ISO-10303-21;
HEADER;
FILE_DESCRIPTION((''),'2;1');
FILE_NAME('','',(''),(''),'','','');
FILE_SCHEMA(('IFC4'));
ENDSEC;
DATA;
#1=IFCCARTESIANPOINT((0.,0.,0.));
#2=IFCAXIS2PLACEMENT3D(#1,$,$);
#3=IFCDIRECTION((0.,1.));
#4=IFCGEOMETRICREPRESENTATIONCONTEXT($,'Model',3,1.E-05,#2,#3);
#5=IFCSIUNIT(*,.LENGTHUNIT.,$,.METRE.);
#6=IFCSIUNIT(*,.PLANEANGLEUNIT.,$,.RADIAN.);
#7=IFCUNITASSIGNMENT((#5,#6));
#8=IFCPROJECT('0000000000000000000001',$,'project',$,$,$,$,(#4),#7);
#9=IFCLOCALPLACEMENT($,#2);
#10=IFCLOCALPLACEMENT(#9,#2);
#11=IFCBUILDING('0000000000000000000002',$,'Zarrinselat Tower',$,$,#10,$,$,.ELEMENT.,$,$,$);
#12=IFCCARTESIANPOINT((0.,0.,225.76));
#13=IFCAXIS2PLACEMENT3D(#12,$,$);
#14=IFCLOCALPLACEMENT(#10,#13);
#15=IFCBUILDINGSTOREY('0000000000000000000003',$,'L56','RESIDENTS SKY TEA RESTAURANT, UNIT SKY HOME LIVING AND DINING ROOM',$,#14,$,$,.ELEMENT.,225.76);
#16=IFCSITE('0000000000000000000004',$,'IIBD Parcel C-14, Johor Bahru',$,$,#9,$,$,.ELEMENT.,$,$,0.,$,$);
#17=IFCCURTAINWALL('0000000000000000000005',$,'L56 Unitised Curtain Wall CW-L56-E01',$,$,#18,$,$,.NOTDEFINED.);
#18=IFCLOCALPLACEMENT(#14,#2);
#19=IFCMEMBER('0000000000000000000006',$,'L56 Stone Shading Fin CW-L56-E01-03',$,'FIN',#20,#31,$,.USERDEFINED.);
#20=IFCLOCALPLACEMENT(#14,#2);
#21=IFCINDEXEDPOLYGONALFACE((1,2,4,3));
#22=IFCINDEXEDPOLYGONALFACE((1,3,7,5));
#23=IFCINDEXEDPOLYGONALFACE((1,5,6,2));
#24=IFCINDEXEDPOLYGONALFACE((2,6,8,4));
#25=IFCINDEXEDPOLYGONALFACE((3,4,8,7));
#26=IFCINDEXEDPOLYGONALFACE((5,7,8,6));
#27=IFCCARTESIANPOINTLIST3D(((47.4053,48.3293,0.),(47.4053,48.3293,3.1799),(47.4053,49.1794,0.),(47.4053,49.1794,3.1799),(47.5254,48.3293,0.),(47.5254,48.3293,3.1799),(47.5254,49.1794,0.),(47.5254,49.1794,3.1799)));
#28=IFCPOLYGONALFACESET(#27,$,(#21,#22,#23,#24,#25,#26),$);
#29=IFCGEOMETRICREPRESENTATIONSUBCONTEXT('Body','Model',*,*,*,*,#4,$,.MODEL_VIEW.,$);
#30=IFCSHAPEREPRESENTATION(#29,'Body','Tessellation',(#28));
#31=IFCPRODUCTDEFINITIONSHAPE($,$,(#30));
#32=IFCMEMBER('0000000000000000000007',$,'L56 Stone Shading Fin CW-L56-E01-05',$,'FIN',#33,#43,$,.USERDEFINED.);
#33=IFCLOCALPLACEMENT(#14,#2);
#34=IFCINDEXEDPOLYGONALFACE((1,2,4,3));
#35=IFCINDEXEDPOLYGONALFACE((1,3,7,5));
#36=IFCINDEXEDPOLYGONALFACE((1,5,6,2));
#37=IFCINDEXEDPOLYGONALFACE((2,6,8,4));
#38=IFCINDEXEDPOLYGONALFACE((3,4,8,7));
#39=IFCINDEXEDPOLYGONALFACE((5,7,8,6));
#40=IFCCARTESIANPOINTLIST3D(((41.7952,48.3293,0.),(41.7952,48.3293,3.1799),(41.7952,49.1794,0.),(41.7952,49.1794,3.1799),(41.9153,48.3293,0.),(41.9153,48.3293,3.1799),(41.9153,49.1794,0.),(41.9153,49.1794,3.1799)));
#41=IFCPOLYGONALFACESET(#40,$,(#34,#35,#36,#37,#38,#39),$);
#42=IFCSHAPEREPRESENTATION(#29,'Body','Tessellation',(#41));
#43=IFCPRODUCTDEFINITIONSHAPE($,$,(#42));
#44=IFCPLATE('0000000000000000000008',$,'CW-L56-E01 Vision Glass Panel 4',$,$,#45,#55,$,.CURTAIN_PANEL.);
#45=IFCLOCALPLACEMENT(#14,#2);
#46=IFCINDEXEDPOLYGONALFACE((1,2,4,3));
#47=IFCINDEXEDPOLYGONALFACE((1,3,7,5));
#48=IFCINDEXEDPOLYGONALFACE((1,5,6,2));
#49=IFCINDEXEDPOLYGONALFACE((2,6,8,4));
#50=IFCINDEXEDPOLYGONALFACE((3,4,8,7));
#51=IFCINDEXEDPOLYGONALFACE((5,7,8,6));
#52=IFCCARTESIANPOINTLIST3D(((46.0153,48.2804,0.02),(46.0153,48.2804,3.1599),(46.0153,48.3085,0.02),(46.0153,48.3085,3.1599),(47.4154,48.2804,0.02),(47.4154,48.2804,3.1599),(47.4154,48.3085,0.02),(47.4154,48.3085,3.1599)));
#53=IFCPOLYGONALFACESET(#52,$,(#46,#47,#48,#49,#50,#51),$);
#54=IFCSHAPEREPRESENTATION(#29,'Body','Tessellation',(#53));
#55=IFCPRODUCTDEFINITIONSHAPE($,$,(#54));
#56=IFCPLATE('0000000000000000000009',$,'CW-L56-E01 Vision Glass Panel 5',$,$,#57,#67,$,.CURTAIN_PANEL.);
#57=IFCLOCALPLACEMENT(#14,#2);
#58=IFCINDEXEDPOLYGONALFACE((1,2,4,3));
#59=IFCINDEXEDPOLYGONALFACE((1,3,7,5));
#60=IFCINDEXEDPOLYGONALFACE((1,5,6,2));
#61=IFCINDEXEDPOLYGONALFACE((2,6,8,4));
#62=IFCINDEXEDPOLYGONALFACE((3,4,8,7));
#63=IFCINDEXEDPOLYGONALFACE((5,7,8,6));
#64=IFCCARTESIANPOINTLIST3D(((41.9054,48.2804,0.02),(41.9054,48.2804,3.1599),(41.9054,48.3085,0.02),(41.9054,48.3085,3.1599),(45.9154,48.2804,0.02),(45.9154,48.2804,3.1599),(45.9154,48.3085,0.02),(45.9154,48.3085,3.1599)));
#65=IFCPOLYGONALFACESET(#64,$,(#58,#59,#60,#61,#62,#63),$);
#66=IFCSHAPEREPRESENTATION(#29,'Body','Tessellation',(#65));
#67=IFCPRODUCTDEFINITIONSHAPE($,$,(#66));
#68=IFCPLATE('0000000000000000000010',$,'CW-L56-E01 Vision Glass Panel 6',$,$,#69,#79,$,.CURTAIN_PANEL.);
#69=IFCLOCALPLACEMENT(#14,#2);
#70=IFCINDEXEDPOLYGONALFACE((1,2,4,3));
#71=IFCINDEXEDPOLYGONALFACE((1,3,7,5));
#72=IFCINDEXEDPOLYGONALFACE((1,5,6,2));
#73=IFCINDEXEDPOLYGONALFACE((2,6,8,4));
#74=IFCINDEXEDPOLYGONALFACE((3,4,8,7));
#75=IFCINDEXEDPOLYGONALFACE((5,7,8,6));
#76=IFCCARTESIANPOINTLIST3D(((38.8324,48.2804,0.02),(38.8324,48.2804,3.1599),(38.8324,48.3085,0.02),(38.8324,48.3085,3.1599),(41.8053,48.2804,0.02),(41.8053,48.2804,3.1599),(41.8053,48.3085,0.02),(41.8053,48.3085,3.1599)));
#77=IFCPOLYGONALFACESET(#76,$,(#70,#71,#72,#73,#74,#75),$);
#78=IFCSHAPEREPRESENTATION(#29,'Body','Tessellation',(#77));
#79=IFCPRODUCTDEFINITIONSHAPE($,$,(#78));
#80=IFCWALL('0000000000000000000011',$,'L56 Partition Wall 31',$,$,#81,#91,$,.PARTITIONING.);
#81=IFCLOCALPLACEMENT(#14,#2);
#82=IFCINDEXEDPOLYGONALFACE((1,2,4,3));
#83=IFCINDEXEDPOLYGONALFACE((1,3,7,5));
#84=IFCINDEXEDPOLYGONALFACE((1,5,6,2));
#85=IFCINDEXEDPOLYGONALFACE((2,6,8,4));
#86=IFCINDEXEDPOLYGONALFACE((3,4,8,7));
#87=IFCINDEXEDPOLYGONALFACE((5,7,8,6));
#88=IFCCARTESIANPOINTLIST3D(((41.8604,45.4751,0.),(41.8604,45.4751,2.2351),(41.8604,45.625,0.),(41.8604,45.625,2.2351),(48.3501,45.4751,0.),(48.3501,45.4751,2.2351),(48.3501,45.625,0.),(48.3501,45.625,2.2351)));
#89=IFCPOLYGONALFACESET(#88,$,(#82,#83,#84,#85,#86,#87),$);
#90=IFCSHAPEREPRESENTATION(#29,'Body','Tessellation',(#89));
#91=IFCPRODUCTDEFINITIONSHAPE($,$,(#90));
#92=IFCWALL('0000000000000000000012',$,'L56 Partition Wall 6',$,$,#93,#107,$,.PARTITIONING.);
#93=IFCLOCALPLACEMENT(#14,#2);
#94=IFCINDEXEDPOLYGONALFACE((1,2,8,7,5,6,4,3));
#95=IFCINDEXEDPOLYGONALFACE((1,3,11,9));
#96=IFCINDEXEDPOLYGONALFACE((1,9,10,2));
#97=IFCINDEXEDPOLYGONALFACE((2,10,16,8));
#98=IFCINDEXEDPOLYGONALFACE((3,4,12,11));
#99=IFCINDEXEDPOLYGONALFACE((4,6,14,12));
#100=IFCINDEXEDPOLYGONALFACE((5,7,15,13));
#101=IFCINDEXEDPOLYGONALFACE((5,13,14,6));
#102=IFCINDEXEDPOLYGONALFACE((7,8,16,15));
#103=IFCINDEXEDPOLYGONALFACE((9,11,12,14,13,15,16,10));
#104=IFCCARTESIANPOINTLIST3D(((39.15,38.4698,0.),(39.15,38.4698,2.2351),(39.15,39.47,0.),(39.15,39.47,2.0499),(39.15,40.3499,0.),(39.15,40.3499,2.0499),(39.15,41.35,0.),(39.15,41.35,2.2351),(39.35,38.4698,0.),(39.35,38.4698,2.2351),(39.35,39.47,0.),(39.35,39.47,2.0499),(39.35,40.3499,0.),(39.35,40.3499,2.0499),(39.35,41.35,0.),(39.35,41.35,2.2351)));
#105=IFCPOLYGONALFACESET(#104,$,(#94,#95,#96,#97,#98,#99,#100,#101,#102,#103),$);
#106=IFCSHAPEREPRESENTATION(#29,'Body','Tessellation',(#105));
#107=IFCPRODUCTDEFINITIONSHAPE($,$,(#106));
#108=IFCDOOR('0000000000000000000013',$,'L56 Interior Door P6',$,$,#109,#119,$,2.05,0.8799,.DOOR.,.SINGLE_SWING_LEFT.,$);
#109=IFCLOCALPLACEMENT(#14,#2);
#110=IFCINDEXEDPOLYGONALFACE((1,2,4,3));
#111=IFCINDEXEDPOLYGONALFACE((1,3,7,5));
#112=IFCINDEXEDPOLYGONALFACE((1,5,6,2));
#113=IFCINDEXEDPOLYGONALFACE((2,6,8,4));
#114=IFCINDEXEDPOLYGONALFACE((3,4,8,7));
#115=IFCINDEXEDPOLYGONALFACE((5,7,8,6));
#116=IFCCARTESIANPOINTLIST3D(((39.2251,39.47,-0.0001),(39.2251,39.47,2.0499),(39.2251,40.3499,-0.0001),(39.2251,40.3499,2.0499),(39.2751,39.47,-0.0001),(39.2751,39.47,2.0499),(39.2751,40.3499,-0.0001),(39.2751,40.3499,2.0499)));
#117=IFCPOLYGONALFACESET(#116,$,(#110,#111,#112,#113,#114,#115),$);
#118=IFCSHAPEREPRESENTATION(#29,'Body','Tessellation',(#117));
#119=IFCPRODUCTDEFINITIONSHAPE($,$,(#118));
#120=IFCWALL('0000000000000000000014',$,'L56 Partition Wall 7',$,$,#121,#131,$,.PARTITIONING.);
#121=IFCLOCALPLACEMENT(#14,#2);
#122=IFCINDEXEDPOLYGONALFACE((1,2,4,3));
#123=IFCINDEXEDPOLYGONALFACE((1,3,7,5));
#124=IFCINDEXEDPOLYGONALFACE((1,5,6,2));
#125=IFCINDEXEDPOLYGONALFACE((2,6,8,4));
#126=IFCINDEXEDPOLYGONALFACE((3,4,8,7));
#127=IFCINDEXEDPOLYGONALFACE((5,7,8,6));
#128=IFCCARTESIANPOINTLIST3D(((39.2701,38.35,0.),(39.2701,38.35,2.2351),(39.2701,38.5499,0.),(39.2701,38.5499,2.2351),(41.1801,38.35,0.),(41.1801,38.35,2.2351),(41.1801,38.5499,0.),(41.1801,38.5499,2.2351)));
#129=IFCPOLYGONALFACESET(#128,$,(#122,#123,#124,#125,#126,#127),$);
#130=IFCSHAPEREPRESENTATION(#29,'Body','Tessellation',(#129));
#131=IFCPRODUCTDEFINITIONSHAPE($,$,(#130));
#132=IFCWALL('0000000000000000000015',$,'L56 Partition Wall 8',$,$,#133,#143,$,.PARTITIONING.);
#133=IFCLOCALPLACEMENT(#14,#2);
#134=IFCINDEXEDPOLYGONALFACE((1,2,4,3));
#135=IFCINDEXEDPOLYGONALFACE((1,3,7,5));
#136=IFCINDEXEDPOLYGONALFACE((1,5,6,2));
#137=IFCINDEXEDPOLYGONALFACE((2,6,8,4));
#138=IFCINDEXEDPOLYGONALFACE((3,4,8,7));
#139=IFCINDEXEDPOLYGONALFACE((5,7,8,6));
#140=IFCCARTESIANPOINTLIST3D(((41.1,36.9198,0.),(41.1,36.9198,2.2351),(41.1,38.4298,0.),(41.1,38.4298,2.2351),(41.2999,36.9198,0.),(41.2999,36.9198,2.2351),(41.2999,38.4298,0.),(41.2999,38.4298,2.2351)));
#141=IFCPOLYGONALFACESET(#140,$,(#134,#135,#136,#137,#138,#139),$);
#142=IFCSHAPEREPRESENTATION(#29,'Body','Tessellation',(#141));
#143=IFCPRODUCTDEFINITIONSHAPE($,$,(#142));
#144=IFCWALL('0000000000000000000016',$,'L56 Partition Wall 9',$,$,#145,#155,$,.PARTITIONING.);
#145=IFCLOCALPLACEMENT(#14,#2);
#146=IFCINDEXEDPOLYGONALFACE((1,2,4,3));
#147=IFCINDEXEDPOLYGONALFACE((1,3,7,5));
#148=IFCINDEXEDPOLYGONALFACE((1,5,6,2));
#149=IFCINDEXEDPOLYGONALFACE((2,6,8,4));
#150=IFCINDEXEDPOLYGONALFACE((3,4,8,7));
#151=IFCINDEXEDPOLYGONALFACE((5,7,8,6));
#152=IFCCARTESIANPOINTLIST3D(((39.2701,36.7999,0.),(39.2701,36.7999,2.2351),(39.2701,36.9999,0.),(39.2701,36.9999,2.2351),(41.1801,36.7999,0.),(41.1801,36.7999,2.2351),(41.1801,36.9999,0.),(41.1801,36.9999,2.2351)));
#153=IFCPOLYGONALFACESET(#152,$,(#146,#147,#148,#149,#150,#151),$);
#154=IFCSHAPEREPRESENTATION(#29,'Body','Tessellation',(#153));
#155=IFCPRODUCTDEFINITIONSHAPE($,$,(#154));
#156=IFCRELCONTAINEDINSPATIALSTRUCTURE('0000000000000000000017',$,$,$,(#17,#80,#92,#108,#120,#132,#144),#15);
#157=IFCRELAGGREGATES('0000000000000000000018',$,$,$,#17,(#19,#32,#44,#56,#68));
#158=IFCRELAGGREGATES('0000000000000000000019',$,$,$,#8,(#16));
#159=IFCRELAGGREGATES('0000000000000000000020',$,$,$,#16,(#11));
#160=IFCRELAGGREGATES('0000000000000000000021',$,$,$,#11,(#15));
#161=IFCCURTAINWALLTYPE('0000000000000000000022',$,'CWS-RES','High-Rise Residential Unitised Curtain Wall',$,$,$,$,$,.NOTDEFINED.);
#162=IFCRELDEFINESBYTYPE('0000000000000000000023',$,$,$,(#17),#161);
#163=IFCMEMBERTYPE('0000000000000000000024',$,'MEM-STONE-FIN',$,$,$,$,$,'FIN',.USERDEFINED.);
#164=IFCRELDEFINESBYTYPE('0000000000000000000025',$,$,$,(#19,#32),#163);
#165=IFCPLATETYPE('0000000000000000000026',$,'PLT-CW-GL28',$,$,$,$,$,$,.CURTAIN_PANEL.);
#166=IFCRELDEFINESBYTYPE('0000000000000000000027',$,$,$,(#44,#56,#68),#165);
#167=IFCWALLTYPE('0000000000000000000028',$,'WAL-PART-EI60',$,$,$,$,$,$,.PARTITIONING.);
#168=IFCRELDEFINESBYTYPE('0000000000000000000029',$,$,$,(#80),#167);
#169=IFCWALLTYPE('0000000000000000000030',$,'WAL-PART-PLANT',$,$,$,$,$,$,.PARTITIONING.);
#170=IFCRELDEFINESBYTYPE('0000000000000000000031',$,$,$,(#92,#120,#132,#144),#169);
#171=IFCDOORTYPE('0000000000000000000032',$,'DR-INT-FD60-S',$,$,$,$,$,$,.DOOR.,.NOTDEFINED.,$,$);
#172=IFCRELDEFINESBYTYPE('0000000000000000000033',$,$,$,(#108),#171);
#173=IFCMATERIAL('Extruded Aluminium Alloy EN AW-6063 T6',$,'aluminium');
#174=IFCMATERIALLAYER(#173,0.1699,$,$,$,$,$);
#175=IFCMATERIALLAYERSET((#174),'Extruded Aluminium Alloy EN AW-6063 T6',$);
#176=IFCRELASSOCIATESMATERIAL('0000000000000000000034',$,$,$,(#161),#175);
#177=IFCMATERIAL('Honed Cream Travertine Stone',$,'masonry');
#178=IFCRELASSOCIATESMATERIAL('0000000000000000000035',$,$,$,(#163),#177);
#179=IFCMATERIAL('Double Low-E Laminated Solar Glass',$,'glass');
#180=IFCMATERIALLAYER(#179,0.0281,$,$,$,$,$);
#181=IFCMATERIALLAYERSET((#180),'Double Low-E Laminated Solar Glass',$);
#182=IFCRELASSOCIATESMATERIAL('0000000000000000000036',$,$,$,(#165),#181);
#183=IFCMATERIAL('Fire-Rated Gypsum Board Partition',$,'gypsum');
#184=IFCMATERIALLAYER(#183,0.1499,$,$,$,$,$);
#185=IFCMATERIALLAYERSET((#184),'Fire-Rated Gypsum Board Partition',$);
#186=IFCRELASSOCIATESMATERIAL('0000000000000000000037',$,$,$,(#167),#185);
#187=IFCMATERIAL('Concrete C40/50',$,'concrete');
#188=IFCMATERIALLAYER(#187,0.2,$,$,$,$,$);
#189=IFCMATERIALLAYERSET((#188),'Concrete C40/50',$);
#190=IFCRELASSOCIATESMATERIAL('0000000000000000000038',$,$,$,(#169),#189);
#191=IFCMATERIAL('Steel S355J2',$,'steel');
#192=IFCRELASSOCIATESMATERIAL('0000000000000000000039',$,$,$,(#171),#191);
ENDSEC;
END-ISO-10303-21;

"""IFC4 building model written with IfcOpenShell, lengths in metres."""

from ifc_helpers import new_model, si_unit, direction, frame, frame_2d, origin, origin_2d, place, context, subcontext, project, spatial, rectangle, extrude, material, layer, layer_set, material_profile, profile_set, type_object, element, fill, aggregate, save


model = new_model("IFC4")

# Units and contexts
model_context = context("Model", 3, precision=1e-05, world=origin(), true_north=direction((0.0, 1.0)))
body_context = subcontext(model_context, "Body", "Model", "MODEL_VIEW")
ifc_project = project(units=[si_unit("LENGTHUNIT", "METRE"), si_unit("PLANEANGLEUNIT", "RADIAN")], contexts=[model_context])

# Site, building, storey
site_placement = place(None, origin())
site = spatial("IfcSite", under=ifc_project, at=site_placement, Name="IIBD Parcel C-14, Johor Bahru", CompositionType="ELEMENT", RefElevation=0.0)
building_placement = place(site_placement, origin())
building = spatial("IfcBuilding", under=site, at=building_placement, Name="Zarrinselat Tower", CompositionType="ELEMENT")
storey_placement = place(building_placement, frame((0.0, 0.0, 225.76)))
storey = spatial("IfcBuildingStorey", under=building, at=storey_placement, Name="L56", Description="RESIDENTS SKY TEA RESTAURANT, UNIT SKY HOME LIVING AND DINING ROOM", CompositionType="ELEMENT", Elevation=225.76)

# Curtain wall, members, plates
ifc_material_1 = material(Name="Extruded Aluminium Alloy EN AW-6063 T6", Category="aluminium")
ifc_layer_1 = layer(ifc_material_1, 0.1699)
ifc_layer_set_1 = layer_set([ifc_layer_1], Name="Extruded Aluminium Alloy EN AW-6063 T6")
curtain_wall_type = type_object("IfcCurtainWallType", Name="CWS-RES", Description="High-Rise Residential Unitised Curtain Wall", PredefinedType="NOTDEFINED", material=ifc_layer_set_1)
curtain_wall_placement = place(storey_placement, origin())
curtain_wall = element("IfcCurtainWall", 1, at=curtain_wall_placement, inside=storey, type_object=curtain_wall_type, Name="L56 Unitised Curtain Wall CW-L56-E01", PredefinedType="NOTDEFINED")
ifc_material_2 = material(Name="Honed Cream Travertine Stone", Category="masonry")
ifc_material_profile_1 = material_profile(ifc_material_2, rectangle(XDim=0.1201, YDim=0.8501, at=origin_2d()), Name="FIN 850x120")
ifc_profile_set_1 = profile_set([ifc_material_profile_1], Name="Honed Cream Travertine Stone")
member_type_1 = type_object("IfcMemberType", Name="MEM-STONE-FIN", ElementType="FIN", PredefinedType="USERDEFINED", material=ifc_profile_set_1)
member_1_placement = place(storey_placement, frame((47.4653, 48.7544, 0.0), z_axis=(0.0, 0.0, 1.0), x_axis=(1.0, 0.0, 0.0)))
member_1 = element("IfcMember", 2, at=member_1_placement, type_object=member_type_1, Name="L56 Stone Shading Fin CW-L56-E01-03", ObjectType="FIN", PredefinedType="USERDEFINED", context=body_context, shape_type="SweptSolid", body=[
    extrude(rectangle(XDim=0.1201, YDim=0.8501, at=origin_2d()), origin(), (0.0, 0.0, 1.0), 3.1799),
])
member_2_placement = place(storey_placement, frame((41.8552, 48.7544, 0.0), z_axis=(0.0, 0.0, 1.0), x_axis=(1.0, 0.0, 0.0)))
member_2 = element("IfcMember", 3, at=member_2_placement, type_object=member_type_1, Name="L56 Stone Shading Fin CW-L56-E01-05", ObjectType="FIN", PredefinedType="USERDEFINED", context=body_context, shape_type="SweptSolid", body=[
    extrude(rectangle(XDim=0.1201, YDim=0.8501, at=origin_2d()), origin(), (0.0, 0.0, 1.0), 3.1799),
])
ifc_material_3 = material(Name="Double Low-E Laminated Solar Glass", Category="glass")
ifc_layer_2 = layer(ifc_material_3, 0.0281)
ifc_layer_set_2 = layer_set([ifc_layer_2], Name="Double Low-E Laminated Solar Glass")
plate_type = type_object("IfcPlateType", Name="PLT-CW-GL28", PredefinedType="CURTAIN_PANEL", material=ifc_layer_set_2)
plate_1_placement = place(storey_placement, frame((46.7153, 48.2944, 0.02), z_axis=(0.0, 0.0, 1.0), x_axis=(-1.0, 0.0, 0.0)))
plate_1 = element("IfcPlate", 4, at=plate_1_placement, type_object=plate_type, Name="CW-L56-E01 Vision Glass Panel 4", PredefinedType="CURTAIN_PANEL", context=body_context, shape_type="SweptSolid", body=[
    extrude(rectangle(XDim=1.4001, YDim=0.0281, at=origin_2d()), origin(), (0.0, 0.0, 1.0), 3.1399),
])
plate_2_placement = place(storey_placement, frame((43.9104, 48.2944, 0.02), z_axis=(0.0, 0.0, 1.0), x_axis=(-1.0, 0.0, 0.0)))
plate_2 = element("IfcPlate", 5, at=plate_2_placement, type_object=plate_type, Name="CW-L56-E01 Vision Glass Panel 5", PredefinedType="CURTAIN_PANEL", context=body_context, shape_type="SweptSolid", body=[
    extrude(rectangle(XDim=4.01, YDim=0.0281, at=origin_2d()), origin(), (0.0, 0.0, 1.0), 3.1399),
])
plate_3_placement = place(storey_placement, frame((40.3188, 48.2944, 0.02), z_axis=(0.0, 0.0, 1.0), x_axis=(-1.0, 0.0, 0.0)))
plate_3 = element("IfcPlate", 6, at=plate_3_placement, type_object=plate_type, Name="CW-L56-E01 Vision Glass Panel 6", PredefinedType="CURTAIN_PANEL", context=body_context, shape_type="SweptSolid", body=[
    extrude(rectangle(XDim=2.9729, YDim=0.0281, at=origin_2d()), origin(), (0.0, 0.0, 1.0), 3.1399),
])
aggregate(curtain_wall, [member_1, member_2, plate_1, plate_2, plate_3])

# Wall
ifc_material_4 = material(Name="Fire-Rated Gypsum Board Partition", Category="gypsum")
ifc_layer_3 = layer(ifc_material_4, 0.1499)
ifc_layer_set_3 = layer_set([ifc_layer_3], Name="Fire-Rated Gypsum Board Partition")
wall_type_1 = type_object("IfcWallType", Name="WAL-PART-EI60", PredefinedType="PARTITIONING", material=ifc_layer_set_3)
wall_1_placement = place(storey_placement, frame((41.8604, 45.55, 0.0), z_axis=(0.0, 0.0, 1.0), x_axis=(1.0, 0.0, 0.0)))
element("IfcWall", 7, at=wall_1_placement, inside=storey, type_object=wall_type_1, Name="L56 Partition Wall 31", PredefinedType="PARTITIONING", context=body_context, shape_type="SweptSolid", body=[
    extrude(rectangle(XDim=6.4897, YDim=0.1499, at=frame_2d((3.2449, 0.0))), origin(), (0.0, 0.0, 1.0), 2.2351),
])

# Wall, opening, door
ifc_material_5 = material(Name="Concrete C40/50", Category="concrete")
ifc_layer_4 = layer(ifc_material_5, 0.2)
ifc_layer_set_4 = layer_set([ifc_layer_4], Name="Concrete C40/50")
wall_type_2 = type_object("IfcWallType", Name="WAL-PART-PLANT", PredefinedType="PARTITIONING", material=ifc_layer_set_4)
wall_2_placement = place(storey_placement, frame((39.25, 38.47, 0.0), z_axis=(0.0, 0.0, 1.0), x_axis=(0.0, 1.0, 0.0)))
wall_2 = element("IfcWall", 8, at=wall_2_placement, inside=storey, type_object=wall_type_2, Name="L56 Partition Wall 6", PredefinedType="PARTITIONING", context=body_context, shape_type="SweptSolid", body=[
    extrude(rectangle(XDim=2.8801, YDim=0.2, at=frame_2d((1.4399, 0.0))), origin(), (0.0, 0.0, 1.0), 2.2351),
])
opening_1_placement = place(wall_2_placement, frame((1.0, 0.0, 0.0)))
opening_1 = element("IfcOpeningElement", 9, at=opening_1_placement, cuts=wall_2, PredefinedType="OPENING", context=body_context, shape_type="SweptSolid", body=[
    extrude(rectangle(XDim=0.8799, YDim=2.05, at=frame_2d((0.4399, 1.0249))), frame((0.0, 0.1099, 0.0), z_axis=(0.0, -1.0, 0.0), x_axis=(1.0, 0.0, 0.0)), (0.0, 0.0, 1.0), 0.22),
])
ifc_material_6 = material(Name="Steel S355J2", Category="steel")
door_type_1 = type_object("IfcDoorType", Name="DR-INT-FD60-S", OperationType="NOTDEFINED", PredefinedType="DOOR", material=ifc_material_6)
door_1_placement = place(opening_1_placement, origin())
door_1 = element("IfcDoor", 10, at=door_1_placement, inside=storey, type_object=door_type_1, Name="L56 Interior Door P6", OperationType="SINGLE_SWING_LEFT", OverallHeight=2.05, OverallWidth=0.8799, PredefinedType="DOOR", context=body_context, shape_type="SweptSolid", body=[
    extrude(rectangle(XDim=0.8799, YDim=2.05, at=frame_2d((0.4399, 1.0249))), frame((0.0, 0.0249, 0.0), z_axis=(0.0, -1.0, 0.0), x_axis=(1.0, 0.0, 0.0)), (0.0, 0.0, 1.0), 0.05),
])
fill(opening_1, door_1)

# Walls
wall_3_placement = place(storey_placement, frame((39.27, 38.45, 0.0), z_axis=(0.0, 0.0, 1.0), x_axis=(1.0, 0.0, 0.0)))
element("IfcWall", 11, at=wall_3_placement, inside=storey, type_object=wall_type_2, Name="L56 Partition Wall 7", PredefinedType="PARTITIONING", context=body_context, shape_type="SweptSolid", body=[
    extrude(rectangle(XDim=1.9099, YDim=0.2, at=frame_2d((0.9551, 0.0))), origin(), (0.0, 0.0, 1.0), 2.2351),
])
wall_4_placement = place(storey_placement, frame((41.2, 36.9199, 0.0), z_axis=(0.0, 0.0, 1.0), x_axis=(0.0, 1.0, 0.0)))
element("IfcWall", 12, at=wall_4_placement, inside=storey, type_object=wall_type_2, Name="L56 Partition Wall 8", PredefinedType="PARTITIONING", context=body_context, shape_type="SweptSolid", body=[
    extrude(rectangle(XDim=1.51, YDim=0.2, at=frame_2d((0.7549, 0.0))), origin(), (0.0, 0.0, 1.0), 2.2351),
])
wall_5_placement = place(storey_placement, frame((39.27, 36.8999, 0.0), z_axis=(0.0, 0.0, 1.0), x_axis=(1.0, 0.0, 0.0)))
element("IfcWall", 13, at=wall_5_placement, inside=storey, type_object=wall_type_2, Name="L56 Partition Wall 9", PredefinedType="PARTITIONING", context=body_context, shape_type="SweptSolid", body=[
    extrude(rectangle(XDim=1.9099, YDim=0.2, at=frame_2d((0.9551, 0.0))), origin(), (0.0, 0.0, 1.0), 2.2351),
])

save(model, "model.ifc")
